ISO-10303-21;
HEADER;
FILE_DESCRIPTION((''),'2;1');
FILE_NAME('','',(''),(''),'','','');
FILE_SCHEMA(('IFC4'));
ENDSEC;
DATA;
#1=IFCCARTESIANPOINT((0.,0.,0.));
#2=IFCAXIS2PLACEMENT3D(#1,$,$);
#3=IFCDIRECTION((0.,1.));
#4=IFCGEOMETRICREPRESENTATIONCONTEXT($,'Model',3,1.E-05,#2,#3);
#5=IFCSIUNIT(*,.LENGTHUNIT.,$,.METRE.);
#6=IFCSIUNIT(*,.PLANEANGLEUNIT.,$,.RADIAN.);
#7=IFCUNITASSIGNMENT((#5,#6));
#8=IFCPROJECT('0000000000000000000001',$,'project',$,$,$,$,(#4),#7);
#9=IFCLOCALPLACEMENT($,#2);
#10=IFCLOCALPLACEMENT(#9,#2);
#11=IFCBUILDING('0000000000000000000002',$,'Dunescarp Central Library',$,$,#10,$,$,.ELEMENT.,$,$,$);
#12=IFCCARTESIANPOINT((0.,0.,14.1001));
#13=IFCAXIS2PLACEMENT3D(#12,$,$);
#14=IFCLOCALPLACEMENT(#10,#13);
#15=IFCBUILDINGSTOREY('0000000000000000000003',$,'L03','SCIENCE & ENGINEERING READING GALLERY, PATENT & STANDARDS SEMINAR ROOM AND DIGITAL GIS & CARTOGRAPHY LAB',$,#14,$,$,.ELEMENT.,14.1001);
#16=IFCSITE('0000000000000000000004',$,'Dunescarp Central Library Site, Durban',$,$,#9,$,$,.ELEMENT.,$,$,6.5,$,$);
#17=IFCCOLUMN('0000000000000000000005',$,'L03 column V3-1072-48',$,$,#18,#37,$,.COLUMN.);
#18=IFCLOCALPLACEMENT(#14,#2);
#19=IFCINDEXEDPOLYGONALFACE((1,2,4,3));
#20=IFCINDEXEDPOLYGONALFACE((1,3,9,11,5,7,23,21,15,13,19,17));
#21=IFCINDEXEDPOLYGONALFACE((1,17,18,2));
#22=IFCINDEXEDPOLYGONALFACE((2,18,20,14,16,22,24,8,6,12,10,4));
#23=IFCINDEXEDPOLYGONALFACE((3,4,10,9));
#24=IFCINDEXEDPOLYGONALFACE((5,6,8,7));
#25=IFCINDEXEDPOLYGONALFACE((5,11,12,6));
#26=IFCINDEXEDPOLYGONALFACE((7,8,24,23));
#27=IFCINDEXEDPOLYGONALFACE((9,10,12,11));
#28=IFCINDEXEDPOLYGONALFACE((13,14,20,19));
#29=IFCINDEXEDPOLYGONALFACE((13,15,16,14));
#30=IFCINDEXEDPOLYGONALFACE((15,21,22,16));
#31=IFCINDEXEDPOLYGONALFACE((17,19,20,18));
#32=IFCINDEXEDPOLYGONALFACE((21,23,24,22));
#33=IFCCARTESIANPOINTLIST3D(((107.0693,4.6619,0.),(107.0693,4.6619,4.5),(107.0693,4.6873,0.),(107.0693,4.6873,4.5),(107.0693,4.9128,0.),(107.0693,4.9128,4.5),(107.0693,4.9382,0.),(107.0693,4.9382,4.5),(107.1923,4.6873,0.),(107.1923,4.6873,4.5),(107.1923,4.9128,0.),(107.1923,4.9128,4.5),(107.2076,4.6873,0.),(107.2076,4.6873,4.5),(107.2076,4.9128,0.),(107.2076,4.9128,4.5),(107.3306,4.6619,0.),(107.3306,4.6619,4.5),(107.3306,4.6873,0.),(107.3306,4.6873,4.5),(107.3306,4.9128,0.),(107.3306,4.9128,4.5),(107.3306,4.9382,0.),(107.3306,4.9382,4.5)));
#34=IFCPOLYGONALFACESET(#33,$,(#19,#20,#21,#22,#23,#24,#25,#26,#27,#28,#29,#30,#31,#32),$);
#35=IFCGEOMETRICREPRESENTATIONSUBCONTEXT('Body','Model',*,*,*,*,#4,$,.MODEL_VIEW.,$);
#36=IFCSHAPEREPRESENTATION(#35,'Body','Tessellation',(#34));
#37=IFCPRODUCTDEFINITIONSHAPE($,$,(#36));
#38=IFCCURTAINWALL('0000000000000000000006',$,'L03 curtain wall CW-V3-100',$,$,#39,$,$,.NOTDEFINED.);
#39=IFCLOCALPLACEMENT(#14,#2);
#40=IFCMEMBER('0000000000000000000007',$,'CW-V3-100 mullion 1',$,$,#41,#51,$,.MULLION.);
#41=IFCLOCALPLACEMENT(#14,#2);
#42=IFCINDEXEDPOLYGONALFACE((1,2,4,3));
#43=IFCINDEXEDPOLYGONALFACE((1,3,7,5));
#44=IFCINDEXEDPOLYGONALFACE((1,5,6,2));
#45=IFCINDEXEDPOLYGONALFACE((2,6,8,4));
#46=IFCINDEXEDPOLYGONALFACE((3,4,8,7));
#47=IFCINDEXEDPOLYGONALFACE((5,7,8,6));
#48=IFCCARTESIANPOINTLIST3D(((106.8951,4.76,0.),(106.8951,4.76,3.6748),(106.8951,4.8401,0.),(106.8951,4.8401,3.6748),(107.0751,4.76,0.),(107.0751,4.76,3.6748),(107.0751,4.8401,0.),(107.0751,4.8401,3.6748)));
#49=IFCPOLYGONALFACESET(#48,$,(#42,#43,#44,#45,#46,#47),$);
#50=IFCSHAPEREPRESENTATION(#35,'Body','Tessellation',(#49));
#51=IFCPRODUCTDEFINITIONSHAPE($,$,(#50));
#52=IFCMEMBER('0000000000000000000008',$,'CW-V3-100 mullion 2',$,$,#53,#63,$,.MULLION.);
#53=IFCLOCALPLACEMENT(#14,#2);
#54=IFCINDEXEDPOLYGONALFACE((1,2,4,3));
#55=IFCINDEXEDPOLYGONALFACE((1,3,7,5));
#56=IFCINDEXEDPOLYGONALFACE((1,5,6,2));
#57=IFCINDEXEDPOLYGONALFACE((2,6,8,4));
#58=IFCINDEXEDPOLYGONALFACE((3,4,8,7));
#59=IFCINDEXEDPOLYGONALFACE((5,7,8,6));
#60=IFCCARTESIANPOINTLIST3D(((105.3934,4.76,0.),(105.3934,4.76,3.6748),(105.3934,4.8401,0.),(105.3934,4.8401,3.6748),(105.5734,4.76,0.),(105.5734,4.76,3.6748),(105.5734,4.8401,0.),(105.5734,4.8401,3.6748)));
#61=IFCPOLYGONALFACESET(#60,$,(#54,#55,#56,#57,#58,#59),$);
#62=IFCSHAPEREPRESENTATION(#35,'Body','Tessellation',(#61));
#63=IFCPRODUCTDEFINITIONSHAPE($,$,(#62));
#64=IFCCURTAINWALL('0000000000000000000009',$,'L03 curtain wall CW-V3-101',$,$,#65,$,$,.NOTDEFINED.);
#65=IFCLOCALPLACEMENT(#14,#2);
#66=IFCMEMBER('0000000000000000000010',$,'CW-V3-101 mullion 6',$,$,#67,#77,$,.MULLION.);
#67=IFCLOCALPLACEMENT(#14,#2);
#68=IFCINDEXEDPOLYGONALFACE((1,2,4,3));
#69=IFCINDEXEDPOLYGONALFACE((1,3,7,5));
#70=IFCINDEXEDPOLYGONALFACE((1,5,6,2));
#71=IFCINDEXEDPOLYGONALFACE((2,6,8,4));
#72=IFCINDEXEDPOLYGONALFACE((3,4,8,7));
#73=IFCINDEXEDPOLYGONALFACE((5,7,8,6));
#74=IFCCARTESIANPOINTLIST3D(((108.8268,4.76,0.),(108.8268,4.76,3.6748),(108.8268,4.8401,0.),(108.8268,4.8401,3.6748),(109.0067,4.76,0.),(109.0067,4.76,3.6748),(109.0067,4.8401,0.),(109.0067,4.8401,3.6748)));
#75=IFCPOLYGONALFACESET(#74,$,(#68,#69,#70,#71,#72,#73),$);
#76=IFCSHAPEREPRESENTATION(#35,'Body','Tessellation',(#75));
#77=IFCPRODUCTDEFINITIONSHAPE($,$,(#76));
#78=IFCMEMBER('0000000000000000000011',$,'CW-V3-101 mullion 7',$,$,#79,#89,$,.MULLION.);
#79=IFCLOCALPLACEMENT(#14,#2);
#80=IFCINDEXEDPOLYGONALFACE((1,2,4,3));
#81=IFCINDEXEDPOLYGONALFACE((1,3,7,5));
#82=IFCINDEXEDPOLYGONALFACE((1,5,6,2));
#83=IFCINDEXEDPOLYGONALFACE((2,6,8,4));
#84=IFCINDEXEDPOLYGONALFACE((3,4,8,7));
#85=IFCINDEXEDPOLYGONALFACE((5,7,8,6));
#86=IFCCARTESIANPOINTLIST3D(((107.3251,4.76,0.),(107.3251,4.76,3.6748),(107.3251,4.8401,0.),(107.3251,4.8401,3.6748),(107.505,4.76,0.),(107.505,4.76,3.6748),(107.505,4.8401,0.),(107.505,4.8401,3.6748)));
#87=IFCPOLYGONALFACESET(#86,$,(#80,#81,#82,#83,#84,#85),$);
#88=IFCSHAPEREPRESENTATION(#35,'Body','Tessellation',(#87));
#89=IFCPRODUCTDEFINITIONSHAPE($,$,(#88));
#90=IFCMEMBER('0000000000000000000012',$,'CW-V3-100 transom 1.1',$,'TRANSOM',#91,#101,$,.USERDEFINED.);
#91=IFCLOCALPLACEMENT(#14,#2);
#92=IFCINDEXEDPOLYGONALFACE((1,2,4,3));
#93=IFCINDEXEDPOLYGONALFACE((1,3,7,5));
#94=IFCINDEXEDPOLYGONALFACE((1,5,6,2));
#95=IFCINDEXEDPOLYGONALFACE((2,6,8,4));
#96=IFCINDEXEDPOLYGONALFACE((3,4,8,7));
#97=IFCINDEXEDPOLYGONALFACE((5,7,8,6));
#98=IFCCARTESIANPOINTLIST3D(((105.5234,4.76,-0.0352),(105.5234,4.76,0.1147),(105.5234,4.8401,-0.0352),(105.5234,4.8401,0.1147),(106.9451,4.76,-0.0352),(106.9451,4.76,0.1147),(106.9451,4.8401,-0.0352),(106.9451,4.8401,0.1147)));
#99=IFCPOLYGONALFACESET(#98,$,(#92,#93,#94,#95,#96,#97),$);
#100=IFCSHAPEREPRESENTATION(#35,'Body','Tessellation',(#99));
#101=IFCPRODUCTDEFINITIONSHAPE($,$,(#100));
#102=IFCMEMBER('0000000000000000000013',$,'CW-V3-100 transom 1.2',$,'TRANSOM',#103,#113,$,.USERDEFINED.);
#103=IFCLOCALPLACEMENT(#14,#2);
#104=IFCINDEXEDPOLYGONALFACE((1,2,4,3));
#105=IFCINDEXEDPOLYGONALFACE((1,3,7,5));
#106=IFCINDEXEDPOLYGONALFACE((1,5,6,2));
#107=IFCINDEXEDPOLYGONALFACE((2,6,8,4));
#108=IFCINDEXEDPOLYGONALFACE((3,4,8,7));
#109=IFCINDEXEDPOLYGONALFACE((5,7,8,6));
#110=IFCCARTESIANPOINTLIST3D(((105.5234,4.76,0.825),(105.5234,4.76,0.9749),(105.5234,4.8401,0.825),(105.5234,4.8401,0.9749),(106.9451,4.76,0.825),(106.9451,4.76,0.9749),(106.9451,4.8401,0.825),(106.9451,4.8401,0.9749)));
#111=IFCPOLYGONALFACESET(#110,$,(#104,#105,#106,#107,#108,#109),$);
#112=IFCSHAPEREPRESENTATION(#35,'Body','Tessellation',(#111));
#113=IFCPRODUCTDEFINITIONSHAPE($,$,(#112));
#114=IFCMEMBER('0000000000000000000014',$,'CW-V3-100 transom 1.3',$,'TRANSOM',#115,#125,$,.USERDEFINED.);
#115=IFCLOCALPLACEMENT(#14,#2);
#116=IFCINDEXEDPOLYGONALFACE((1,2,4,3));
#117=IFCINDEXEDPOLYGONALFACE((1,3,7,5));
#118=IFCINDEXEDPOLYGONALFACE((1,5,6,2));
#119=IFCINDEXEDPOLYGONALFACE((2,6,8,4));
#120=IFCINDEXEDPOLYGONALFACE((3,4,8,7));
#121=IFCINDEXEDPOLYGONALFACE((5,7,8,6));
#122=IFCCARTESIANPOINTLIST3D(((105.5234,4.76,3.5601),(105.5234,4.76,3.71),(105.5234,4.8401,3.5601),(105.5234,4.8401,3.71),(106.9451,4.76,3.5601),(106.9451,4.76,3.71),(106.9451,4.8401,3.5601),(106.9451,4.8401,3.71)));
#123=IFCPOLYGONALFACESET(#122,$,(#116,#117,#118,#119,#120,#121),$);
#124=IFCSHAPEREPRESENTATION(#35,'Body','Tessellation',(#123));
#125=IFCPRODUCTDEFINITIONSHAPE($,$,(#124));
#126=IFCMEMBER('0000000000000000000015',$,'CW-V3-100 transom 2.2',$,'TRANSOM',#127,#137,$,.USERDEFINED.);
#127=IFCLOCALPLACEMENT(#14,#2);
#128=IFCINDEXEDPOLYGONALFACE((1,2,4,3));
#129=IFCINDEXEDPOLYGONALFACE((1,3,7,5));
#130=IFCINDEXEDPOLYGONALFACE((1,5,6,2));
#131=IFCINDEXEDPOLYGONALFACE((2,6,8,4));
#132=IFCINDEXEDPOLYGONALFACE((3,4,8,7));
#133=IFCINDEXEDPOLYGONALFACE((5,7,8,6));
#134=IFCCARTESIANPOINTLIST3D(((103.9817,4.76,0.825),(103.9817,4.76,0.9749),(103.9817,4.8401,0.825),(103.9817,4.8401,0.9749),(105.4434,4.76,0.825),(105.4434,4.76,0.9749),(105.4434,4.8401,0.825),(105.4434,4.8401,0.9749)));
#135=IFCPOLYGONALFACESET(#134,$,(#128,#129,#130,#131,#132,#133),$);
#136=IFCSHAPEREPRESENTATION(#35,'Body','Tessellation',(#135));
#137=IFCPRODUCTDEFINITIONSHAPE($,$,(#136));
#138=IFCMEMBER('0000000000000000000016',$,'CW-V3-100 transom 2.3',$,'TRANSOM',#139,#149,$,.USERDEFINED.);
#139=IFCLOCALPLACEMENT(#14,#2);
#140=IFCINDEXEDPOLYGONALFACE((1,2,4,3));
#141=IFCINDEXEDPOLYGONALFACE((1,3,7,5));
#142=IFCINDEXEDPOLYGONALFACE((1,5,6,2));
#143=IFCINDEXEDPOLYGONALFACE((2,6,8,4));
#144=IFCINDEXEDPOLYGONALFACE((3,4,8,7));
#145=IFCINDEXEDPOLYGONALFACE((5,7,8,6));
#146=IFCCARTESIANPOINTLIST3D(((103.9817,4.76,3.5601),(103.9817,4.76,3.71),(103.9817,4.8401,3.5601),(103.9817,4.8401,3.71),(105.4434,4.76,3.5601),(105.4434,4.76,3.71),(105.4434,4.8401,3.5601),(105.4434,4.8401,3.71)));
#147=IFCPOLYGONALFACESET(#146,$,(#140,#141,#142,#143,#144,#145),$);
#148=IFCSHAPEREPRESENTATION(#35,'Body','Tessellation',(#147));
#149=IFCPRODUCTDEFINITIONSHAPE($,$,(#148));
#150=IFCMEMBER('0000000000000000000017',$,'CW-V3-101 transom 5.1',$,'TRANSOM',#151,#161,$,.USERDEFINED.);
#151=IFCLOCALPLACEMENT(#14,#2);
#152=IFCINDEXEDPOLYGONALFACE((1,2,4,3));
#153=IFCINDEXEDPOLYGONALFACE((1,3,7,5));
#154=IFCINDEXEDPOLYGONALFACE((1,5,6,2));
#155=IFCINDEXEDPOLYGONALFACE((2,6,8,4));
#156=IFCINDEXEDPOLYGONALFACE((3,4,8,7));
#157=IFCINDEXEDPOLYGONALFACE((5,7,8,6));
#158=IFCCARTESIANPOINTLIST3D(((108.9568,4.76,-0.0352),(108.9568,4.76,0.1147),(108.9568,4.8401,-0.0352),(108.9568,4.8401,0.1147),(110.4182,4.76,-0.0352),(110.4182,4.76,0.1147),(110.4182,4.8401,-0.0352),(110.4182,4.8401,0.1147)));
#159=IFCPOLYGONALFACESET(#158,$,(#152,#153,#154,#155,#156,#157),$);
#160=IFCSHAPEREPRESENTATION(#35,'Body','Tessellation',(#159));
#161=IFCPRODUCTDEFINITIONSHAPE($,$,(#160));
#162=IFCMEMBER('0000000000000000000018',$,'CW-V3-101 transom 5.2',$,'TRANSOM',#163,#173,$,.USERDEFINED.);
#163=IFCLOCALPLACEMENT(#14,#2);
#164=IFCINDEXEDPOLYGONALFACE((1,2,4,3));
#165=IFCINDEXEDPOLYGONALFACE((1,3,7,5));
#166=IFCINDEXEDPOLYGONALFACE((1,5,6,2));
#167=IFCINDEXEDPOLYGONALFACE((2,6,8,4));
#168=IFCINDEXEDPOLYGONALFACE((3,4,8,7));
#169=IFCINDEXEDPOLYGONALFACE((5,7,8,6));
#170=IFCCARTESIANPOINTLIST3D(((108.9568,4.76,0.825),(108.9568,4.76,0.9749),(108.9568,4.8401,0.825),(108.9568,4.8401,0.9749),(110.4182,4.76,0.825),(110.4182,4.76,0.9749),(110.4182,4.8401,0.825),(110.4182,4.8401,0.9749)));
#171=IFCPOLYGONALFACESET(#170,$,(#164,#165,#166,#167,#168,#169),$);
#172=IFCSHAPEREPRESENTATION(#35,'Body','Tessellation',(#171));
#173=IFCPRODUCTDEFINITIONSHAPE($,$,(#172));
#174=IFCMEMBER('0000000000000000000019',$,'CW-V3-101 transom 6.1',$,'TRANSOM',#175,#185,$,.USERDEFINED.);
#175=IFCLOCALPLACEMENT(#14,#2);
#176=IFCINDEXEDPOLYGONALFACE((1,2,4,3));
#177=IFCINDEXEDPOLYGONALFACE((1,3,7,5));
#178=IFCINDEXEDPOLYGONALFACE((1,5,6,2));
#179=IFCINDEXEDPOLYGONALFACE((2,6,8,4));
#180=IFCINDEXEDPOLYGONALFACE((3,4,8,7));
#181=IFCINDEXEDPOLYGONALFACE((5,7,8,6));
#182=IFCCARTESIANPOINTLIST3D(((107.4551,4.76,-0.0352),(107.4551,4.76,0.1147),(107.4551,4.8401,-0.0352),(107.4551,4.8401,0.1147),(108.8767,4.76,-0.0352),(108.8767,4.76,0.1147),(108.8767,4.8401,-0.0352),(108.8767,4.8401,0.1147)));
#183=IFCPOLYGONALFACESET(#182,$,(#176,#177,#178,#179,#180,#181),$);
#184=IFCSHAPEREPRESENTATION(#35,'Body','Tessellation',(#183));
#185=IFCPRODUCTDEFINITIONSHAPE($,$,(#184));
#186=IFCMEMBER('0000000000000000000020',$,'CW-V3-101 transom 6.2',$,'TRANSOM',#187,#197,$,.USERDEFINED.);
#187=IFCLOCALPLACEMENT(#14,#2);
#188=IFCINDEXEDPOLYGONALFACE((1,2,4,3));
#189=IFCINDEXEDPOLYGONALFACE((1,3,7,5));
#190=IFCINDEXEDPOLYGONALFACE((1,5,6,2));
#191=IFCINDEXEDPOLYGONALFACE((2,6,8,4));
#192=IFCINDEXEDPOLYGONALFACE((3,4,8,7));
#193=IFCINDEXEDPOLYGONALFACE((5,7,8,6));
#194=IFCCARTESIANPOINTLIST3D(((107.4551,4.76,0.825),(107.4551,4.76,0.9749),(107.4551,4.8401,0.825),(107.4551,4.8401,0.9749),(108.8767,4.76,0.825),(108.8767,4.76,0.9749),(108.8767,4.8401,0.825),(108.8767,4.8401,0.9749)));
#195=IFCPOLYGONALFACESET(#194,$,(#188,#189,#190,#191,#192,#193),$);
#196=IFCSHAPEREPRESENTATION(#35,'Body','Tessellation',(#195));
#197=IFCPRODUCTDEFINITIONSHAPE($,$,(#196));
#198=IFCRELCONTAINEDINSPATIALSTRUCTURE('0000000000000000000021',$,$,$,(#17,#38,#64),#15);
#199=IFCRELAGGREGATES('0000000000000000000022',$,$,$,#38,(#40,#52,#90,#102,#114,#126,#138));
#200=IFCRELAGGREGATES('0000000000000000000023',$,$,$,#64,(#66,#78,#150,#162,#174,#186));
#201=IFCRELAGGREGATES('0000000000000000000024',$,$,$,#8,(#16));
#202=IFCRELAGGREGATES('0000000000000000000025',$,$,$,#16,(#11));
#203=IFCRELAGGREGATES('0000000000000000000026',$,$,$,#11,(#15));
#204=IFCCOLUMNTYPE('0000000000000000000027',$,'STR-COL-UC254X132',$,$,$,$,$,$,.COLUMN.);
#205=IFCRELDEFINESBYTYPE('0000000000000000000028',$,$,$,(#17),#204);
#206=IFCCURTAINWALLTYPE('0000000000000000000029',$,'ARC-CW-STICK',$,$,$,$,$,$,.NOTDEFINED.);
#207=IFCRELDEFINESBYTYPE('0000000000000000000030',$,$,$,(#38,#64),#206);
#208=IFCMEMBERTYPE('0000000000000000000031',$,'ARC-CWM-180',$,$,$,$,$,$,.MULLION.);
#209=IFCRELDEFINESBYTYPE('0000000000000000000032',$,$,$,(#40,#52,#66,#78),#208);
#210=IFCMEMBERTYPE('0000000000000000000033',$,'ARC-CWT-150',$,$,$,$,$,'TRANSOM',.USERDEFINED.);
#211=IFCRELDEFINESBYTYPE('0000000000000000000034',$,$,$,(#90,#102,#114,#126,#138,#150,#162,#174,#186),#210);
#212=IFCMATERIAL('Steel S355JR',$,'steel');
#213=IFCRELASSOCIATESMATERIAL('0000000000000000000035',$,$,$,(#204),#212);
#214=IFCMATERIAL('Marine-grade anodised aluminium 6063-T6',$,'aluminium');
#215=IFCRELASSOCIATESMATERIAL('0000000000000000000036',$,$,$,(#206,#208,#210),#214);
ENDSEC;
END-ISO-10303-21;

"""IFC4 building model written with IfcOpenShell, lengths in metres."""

from ifc_helpers import new_model, si_unit, direction, frame, origin, origin_2d, place, context, subcontext, project, spatial, rectangle, i_section, extrude, material, material_profile, profile_set, type_object, element, aggregate, save


model = new_model("IFC4")

# Units and contexts
model_context = context("Model", 3, precision=1e-05, world=origin(), true_north=direction((0.0, 1.0)))
body_context = subcontext(model_context, "Body", "Model", "MODEL_VIEW")
ifc_project = project(units=[si_unit("LENGTHUNIT", "METRE"), si_unit("PLANEANGLEUNIT", "RADIAN")], contexts=[model_context])

# Site, building, storey
site_placement = place(None, origin())
site = spatial("IfcSite", under=ifc_project, at=site_placement, Name="Dunescarp Central Library Site, Durban", CompositionType="ELEMENT", RefElevation=6.5)
building_placement = place(site_placement, origin())
building = spatial("IfcBuilding", under=site, at=building_placement, Name="Dunescarp Central Library", CompositionType="ELEMENT")
storey_placement = place(building_placement, frame((0.0, 0.0, 14.1001)))
storey = spatial("IfcBuildingStorey", under=building, at=storey_placement, Name="L03", Description="SCIENCE & ENGINEERING READING GALLERY, PATENT & STANDARDS SEMINAR ROOM AND DIGITAL GIS & CARTOGRAPHY LAB", CompositionType="ELEMENT", Elevation=14.1001)

# Column
ifc_material_1 = material(Name="Steel S355JR", Category="steel")
ifc_material_profile_1 = material_profile(ifc_material_1, i_section(OverallWidth=0.2612, OverallDepth=0.2764, WebThickness=0.0154, FlangeThickness=0.0254, at=origin_2d()), Name="UC 254x254x132")
ifc_profile_set_1 = profile_set([ifc_material_profile_1], Name="Steel S355JR")
column_type = type_object("IfcColumnType", Name="STR-COL-UC254X132", PredefinedType="COLUMN", material=ifc_profile_set_1)
column_placement = place(storey_placement, frame((107.2, 4.8, 0.0), z_axis=(0.0, 0.0, 1.0), x_axis=(1.0, 0.0, 0.0)))
element("IfcColumn", 1, at=column_placement, inside=storey, type_object=column_type, Name="L03 column V3-1072-48", PredefinedType="COLUMN", context=body_context, shape_type="SweptSolid", body=[
    extrude(i_section(OverallWidth=0.2612, OverallDepth=0.2764, WebThickness=0.0154, FlangeThickness=0.0254, at=origin_2d()), origin(), (0.0, 0.0, 1.0), 4.5),
])

# Curtain walls, members
ifc_material_2 = material(Name="Marine-grade anodised aluminium 6063-T6", Category="aluminium")
curtain_wall_type = type_object("IfcCurtainWallType", Name="ARC-CW-STICK", PredefinedType="NOTDEFINED", material=ifc_material_2)
curtain_wall_1_placement = place(storey_placement, origin())
curtain_wall_1 = element("IfcCurtainWall", 2, at=curtain_wall_1_placement, inside=storey, type_object=curtain_wall_type, Name="L03 curtain wall CW-V3-100", PredefinedType="NOTDEFINED")
ifc_material_profile_2 = material_profile(ifc_material_2, rectangle(XDim=0.0801, YDim=0.1799, at=origin_2d()), Name="AL 80x180")
ifc_profile_set_2 = profile_set([ifc_material_profile_2], Name="Marine-grade anodised aluminium 6063-T6")
member_type_1 = type_object("IfcMemberType", Name="ARC-CWM-180", PredefinedType="MULLION", material=ifc_profile_set_2)
member_1_placement = place(storey_placement, frame((106.9851, 4.8, 0.0), z_axis=(0.0, 0.0, 1.0), x_axis=(0.0, -1.0, 0.0)))
member_1 = element("IfcMember", 3, at=member_1_placement, type_object=member_type_1, Name="CW-V3-100 mullion 1", PredefinedType="MULLION", context=body_context, shape_type="SweptSolid", body=[
    extrude(rectangle(XDim=0.0801, YDim=0.1799, at=origin_2d()), origin(), (0.0, 0.0, 1.0), 3.6748),
])
member_2_placement = place(storey_placement, frame((105.4834, 4.8, 0.0), z_axis=(0.0, 0.0, 1.0), x_axis=(0.0, -1.0, 0.0)))
member_2 = element("IfcMember", 4, at=member_2_placement, type_object=member_type_1, Name="CW-V3-100 mullion 2", PredefinedType="MULLION", context=body_context, shape_type="SweptSolid", body=[
    extrude(rectangle(XDim=0.0801, YDim=0.1799, at=origin_2d()), origin(), (0.0, 0.0, 1.0), 3.6748),
])
curtain_wall_2_placement = place(storey_placement, origin())
curtain_wall_2 = element("IfcCurtainWall", 5, at=curtain_wall_2_placement, inside=storey, type_object=curtain_wall_type, Name="L03 curtain wall CW-V3-101", PredefinedType="NOTDEFINED")
member_3_placement = place(storey_placement, frame((108.9167, 4.8, 0.0), z_axis=(0.0, 0.0, 1.0), x_axis=(0.0, -1.0, 0.0)))
member_3 = element("IfcMember", 6, at=member_3_placement, type_object=member_type_1, Name="CW-V3-101 mullion 6", PredefinedType="MULLION", context=body_context, shape_type="SweptSolid", body=[
    extrude(rectangle(XDim=0.0801, YDim=0.1799, at=origin_2d()), origin(), (0.0, 0.0, 1.0), 3.6748),
])
member_4_placement = place(storey_placement, frame((107.415, 4.8, 0.0), z_axis=(0.0, 0.0, 1.0), x_axis=(0.0, -1.0, 0.0)))
member_4 = element("IfcMember", 7, at=member_4_placement, type_object=member_type_1, Name="CW-V3-101 mullion 7", PredefinedType="MULLION", context=body_context, shape_type="SweptSolid", body=[
    extrude(rectangle(XDim=0.0801, YDim=0.1799, at=origin_2d()), origin(), (0.0, 0.0, 1.0), 3.6748),
])

# Members
ifc_material_profile_3 = material_profile(ifc_material_2, rectangle(XDim=0.0801, YDim=0.1499, at=origin_2d()), Name="AL 80x150")
ifc_profile_set_3 = profile_set([ifc_material_profile_3], Name="Marine-grade anodised aluminium 6063-T6")
member_type_2 = type_object("IfcMemberType", Name="ARC-CWT-150", ElementType="TRANSOM", PredefinedType="USERDEFINED", material=ifc_profile_set_3)
member_5_placement = place(storey_placement, frame((106.9451, 4.8, 0.0398), z_axis=(-1.0, 0.0, 0.0), x_axis=(0.0, -1.0, 0.0)))
member_5 = element("IfcMember", 8, at=member_5_placement, type_object=member_type_2, Name="CW-V3-100 transom 1.1", ObjectType="TRANSOM", PredefinedType="USERDEFINED", context=body_context, shape_type="SweptSolid", body=[
    extrude(rectangle(XDim=0.0801, YDim=0.1499, at=origin_2d()), origin(), (0.0, 0.0, 1.0), 1.4216),
])
member_6_placement = place(storey_placement, frame((106.9451, 4.8, 0.8999), z_axis=(-1.0, 0.0, 0.0), x_axis=(0.0, -1.0, 0.0)))
member_6 = element("IfcMember", 9, at=member_6_placement, type_object=member_type_2, Name="CW-V3-100 transom 1.2", ObjectType="TRANSOM", PredefinedType="USERDEFINED", context=body_context, shape_type="SweptSolid", body=[
    extrude(rectangle(XDim=0.0801, YDim=0.1499, at=origin_2d()), origin(), (0.0, 0.0, 1.0), 1.4216),
])
member_7_placement = place(storey_placement, frame((106.9451, 4.8, 3.635), z_axis=(-1.0, 0.0, 0.0), x_axis=(0.0, -1.0, 0.0)))
member_7 = element("IfcMember", 10, at=member_7_placement, type_object=member_type_2, Name="CW-V3-100 transom 1.3", ObjectType="TRANSOM", PredefinedType="USERDEFINED", context=body_context, shape_type="SweptSolid", body=[
    extrude(rectangle(XDim=0.0801, YDim=0.1499, at=origin_2d()), origin(), (0.0, 0.0, 1.0), 1.4216),
])
member_8_placement = place(storey_placement, frame((105.4434, 4.8, 0.8999), z_axis=(-1.0, 0.0, 0.0), x_axis=(0.0, -1.0, 0.0)))
member_8 = element("IfcMember", 11, at=member_8_placement, type_object=member_type_2, Name="CW-V3-100 transom 2.2", ObjectType="TRANSOM", PredefinedType="USERDEFINED", context=body_context, shape_type="SweptSolid", body=[
    extrude(rectangle(XDim=0.0801, YDim=0.1499, at=origin_2d()), origin(), (0.0, 0.0, 1.0), 1.4617),
])
member_9_placement = place(storey_placement, frame((105.4434, 4.8, 3.635), z_axis=(-1.0, 0.0, 0.0), x_axis=(0.0, -1.0, 0.0)))
member_9 = element("IfcMember", 12, at=member_9_placement, type_object=member_type_2, Name="CW-V3-100 transom 2.3", ObjectType="TRANSOM", PredefinedType="USERDEFINED", context=body_context, shape_type="SweptSolid", body=[
    extrude(rectangle(XDim=0.0801, YDim=0.1499, at=origin_2d()), origin(), (0.0, 0.0, 1.0), 1.4617),
])
member_10_placement = place(storey_placement, frame((110.4182, 4.8, 0.0398), z_axis=(-1.0, 0.0, 0.0), x_axis=(0.0, -1.0, 0.0)))
member_10 = element("IfcMember", 13, at=member_10_placement, type_object=member_type_2, Name="CW-V3-101 transom 5.1", ObjectType="TRANSOM", PredefinedType="USERDEFINED", context=body_context, shape_type="SweptSolid", body=[
    extrude(rectangle(XDim=0.0801, YDim=0.1499, at=origin_2d()), origin(), (0.0, 0.0, 1.0), 1.4614),
])
member_11_placement = place(storey_placement, frame((110.4182, 4.8, 0.8999), z_axis=(-1.0, 0.0, 0.0), x_axis=(0.0, -1.0, 0.0)))
member_11 = element("IfcMember", 14, at=member_11_placement, type_object=member_type_2, Name="CW-V3-101 transom 5.2", ObjectType="TRANSOM", PredefinedType="USERDEFINED", context=body_context, shape_type="SweptSolid", body=[
    extrude(rectangle(XDim=0.0801, YDim=0.1499, at=origin_2d()), origin(), (0.0, 0.0, 1.0), 1.4614),
])
member_12_placement = place(storey_placement, frame((108.8767, 4.8, 0.0398), z_axis=(-1.0, 0.0, 0.0), x_axis=(0.0, -1.0, 0.0)))
member_12 = element("IfcMember", 15, at=member_12_placement, type_object=member_type_2, Name="CW-V3-101 transom 6.1", ObjectType="TRANSOM", PredefinedType="USERDEFINED", context=body_context, shape_type="SweptSolid", body=[
    extrude(rectangle(XDim=0.0801, YDim=0.1499, at=origin_2d()), origin(), (0.0, 0.0, 1.0), 1.4216),
])
member_13_placement = place(storey_placement, frame((108.8767, 4.8, 0.8999), z_axis=(-1.0, 0.0, 0.0), x_axis=(0.0, -1.0, 0.0)))
member_13 = element("IfcMember", 16, at=member_13_placement, type_object=member_type_2, Name="CW-V3-101 transom 6.2", ObjectType="TRANSOM", PredefinedType="USERDEFINED", context=body_context, shape_type="SweptSolid", body=[
    extrude(rectangle(XDim=0.0801, YDim=0.1499, at=origin_2d()), origin(), (0.0, 0.0, 1.0), 1.4216),
])

aggregate(curtain_wall_1, [member_1, member_2, member_5, member_6, member_7, member_8, member_9])
aggregate(curtain_wall_2, [member_3, member_4, member_10, member_11, member_12, member_13])

save(model, "model.ifc")
